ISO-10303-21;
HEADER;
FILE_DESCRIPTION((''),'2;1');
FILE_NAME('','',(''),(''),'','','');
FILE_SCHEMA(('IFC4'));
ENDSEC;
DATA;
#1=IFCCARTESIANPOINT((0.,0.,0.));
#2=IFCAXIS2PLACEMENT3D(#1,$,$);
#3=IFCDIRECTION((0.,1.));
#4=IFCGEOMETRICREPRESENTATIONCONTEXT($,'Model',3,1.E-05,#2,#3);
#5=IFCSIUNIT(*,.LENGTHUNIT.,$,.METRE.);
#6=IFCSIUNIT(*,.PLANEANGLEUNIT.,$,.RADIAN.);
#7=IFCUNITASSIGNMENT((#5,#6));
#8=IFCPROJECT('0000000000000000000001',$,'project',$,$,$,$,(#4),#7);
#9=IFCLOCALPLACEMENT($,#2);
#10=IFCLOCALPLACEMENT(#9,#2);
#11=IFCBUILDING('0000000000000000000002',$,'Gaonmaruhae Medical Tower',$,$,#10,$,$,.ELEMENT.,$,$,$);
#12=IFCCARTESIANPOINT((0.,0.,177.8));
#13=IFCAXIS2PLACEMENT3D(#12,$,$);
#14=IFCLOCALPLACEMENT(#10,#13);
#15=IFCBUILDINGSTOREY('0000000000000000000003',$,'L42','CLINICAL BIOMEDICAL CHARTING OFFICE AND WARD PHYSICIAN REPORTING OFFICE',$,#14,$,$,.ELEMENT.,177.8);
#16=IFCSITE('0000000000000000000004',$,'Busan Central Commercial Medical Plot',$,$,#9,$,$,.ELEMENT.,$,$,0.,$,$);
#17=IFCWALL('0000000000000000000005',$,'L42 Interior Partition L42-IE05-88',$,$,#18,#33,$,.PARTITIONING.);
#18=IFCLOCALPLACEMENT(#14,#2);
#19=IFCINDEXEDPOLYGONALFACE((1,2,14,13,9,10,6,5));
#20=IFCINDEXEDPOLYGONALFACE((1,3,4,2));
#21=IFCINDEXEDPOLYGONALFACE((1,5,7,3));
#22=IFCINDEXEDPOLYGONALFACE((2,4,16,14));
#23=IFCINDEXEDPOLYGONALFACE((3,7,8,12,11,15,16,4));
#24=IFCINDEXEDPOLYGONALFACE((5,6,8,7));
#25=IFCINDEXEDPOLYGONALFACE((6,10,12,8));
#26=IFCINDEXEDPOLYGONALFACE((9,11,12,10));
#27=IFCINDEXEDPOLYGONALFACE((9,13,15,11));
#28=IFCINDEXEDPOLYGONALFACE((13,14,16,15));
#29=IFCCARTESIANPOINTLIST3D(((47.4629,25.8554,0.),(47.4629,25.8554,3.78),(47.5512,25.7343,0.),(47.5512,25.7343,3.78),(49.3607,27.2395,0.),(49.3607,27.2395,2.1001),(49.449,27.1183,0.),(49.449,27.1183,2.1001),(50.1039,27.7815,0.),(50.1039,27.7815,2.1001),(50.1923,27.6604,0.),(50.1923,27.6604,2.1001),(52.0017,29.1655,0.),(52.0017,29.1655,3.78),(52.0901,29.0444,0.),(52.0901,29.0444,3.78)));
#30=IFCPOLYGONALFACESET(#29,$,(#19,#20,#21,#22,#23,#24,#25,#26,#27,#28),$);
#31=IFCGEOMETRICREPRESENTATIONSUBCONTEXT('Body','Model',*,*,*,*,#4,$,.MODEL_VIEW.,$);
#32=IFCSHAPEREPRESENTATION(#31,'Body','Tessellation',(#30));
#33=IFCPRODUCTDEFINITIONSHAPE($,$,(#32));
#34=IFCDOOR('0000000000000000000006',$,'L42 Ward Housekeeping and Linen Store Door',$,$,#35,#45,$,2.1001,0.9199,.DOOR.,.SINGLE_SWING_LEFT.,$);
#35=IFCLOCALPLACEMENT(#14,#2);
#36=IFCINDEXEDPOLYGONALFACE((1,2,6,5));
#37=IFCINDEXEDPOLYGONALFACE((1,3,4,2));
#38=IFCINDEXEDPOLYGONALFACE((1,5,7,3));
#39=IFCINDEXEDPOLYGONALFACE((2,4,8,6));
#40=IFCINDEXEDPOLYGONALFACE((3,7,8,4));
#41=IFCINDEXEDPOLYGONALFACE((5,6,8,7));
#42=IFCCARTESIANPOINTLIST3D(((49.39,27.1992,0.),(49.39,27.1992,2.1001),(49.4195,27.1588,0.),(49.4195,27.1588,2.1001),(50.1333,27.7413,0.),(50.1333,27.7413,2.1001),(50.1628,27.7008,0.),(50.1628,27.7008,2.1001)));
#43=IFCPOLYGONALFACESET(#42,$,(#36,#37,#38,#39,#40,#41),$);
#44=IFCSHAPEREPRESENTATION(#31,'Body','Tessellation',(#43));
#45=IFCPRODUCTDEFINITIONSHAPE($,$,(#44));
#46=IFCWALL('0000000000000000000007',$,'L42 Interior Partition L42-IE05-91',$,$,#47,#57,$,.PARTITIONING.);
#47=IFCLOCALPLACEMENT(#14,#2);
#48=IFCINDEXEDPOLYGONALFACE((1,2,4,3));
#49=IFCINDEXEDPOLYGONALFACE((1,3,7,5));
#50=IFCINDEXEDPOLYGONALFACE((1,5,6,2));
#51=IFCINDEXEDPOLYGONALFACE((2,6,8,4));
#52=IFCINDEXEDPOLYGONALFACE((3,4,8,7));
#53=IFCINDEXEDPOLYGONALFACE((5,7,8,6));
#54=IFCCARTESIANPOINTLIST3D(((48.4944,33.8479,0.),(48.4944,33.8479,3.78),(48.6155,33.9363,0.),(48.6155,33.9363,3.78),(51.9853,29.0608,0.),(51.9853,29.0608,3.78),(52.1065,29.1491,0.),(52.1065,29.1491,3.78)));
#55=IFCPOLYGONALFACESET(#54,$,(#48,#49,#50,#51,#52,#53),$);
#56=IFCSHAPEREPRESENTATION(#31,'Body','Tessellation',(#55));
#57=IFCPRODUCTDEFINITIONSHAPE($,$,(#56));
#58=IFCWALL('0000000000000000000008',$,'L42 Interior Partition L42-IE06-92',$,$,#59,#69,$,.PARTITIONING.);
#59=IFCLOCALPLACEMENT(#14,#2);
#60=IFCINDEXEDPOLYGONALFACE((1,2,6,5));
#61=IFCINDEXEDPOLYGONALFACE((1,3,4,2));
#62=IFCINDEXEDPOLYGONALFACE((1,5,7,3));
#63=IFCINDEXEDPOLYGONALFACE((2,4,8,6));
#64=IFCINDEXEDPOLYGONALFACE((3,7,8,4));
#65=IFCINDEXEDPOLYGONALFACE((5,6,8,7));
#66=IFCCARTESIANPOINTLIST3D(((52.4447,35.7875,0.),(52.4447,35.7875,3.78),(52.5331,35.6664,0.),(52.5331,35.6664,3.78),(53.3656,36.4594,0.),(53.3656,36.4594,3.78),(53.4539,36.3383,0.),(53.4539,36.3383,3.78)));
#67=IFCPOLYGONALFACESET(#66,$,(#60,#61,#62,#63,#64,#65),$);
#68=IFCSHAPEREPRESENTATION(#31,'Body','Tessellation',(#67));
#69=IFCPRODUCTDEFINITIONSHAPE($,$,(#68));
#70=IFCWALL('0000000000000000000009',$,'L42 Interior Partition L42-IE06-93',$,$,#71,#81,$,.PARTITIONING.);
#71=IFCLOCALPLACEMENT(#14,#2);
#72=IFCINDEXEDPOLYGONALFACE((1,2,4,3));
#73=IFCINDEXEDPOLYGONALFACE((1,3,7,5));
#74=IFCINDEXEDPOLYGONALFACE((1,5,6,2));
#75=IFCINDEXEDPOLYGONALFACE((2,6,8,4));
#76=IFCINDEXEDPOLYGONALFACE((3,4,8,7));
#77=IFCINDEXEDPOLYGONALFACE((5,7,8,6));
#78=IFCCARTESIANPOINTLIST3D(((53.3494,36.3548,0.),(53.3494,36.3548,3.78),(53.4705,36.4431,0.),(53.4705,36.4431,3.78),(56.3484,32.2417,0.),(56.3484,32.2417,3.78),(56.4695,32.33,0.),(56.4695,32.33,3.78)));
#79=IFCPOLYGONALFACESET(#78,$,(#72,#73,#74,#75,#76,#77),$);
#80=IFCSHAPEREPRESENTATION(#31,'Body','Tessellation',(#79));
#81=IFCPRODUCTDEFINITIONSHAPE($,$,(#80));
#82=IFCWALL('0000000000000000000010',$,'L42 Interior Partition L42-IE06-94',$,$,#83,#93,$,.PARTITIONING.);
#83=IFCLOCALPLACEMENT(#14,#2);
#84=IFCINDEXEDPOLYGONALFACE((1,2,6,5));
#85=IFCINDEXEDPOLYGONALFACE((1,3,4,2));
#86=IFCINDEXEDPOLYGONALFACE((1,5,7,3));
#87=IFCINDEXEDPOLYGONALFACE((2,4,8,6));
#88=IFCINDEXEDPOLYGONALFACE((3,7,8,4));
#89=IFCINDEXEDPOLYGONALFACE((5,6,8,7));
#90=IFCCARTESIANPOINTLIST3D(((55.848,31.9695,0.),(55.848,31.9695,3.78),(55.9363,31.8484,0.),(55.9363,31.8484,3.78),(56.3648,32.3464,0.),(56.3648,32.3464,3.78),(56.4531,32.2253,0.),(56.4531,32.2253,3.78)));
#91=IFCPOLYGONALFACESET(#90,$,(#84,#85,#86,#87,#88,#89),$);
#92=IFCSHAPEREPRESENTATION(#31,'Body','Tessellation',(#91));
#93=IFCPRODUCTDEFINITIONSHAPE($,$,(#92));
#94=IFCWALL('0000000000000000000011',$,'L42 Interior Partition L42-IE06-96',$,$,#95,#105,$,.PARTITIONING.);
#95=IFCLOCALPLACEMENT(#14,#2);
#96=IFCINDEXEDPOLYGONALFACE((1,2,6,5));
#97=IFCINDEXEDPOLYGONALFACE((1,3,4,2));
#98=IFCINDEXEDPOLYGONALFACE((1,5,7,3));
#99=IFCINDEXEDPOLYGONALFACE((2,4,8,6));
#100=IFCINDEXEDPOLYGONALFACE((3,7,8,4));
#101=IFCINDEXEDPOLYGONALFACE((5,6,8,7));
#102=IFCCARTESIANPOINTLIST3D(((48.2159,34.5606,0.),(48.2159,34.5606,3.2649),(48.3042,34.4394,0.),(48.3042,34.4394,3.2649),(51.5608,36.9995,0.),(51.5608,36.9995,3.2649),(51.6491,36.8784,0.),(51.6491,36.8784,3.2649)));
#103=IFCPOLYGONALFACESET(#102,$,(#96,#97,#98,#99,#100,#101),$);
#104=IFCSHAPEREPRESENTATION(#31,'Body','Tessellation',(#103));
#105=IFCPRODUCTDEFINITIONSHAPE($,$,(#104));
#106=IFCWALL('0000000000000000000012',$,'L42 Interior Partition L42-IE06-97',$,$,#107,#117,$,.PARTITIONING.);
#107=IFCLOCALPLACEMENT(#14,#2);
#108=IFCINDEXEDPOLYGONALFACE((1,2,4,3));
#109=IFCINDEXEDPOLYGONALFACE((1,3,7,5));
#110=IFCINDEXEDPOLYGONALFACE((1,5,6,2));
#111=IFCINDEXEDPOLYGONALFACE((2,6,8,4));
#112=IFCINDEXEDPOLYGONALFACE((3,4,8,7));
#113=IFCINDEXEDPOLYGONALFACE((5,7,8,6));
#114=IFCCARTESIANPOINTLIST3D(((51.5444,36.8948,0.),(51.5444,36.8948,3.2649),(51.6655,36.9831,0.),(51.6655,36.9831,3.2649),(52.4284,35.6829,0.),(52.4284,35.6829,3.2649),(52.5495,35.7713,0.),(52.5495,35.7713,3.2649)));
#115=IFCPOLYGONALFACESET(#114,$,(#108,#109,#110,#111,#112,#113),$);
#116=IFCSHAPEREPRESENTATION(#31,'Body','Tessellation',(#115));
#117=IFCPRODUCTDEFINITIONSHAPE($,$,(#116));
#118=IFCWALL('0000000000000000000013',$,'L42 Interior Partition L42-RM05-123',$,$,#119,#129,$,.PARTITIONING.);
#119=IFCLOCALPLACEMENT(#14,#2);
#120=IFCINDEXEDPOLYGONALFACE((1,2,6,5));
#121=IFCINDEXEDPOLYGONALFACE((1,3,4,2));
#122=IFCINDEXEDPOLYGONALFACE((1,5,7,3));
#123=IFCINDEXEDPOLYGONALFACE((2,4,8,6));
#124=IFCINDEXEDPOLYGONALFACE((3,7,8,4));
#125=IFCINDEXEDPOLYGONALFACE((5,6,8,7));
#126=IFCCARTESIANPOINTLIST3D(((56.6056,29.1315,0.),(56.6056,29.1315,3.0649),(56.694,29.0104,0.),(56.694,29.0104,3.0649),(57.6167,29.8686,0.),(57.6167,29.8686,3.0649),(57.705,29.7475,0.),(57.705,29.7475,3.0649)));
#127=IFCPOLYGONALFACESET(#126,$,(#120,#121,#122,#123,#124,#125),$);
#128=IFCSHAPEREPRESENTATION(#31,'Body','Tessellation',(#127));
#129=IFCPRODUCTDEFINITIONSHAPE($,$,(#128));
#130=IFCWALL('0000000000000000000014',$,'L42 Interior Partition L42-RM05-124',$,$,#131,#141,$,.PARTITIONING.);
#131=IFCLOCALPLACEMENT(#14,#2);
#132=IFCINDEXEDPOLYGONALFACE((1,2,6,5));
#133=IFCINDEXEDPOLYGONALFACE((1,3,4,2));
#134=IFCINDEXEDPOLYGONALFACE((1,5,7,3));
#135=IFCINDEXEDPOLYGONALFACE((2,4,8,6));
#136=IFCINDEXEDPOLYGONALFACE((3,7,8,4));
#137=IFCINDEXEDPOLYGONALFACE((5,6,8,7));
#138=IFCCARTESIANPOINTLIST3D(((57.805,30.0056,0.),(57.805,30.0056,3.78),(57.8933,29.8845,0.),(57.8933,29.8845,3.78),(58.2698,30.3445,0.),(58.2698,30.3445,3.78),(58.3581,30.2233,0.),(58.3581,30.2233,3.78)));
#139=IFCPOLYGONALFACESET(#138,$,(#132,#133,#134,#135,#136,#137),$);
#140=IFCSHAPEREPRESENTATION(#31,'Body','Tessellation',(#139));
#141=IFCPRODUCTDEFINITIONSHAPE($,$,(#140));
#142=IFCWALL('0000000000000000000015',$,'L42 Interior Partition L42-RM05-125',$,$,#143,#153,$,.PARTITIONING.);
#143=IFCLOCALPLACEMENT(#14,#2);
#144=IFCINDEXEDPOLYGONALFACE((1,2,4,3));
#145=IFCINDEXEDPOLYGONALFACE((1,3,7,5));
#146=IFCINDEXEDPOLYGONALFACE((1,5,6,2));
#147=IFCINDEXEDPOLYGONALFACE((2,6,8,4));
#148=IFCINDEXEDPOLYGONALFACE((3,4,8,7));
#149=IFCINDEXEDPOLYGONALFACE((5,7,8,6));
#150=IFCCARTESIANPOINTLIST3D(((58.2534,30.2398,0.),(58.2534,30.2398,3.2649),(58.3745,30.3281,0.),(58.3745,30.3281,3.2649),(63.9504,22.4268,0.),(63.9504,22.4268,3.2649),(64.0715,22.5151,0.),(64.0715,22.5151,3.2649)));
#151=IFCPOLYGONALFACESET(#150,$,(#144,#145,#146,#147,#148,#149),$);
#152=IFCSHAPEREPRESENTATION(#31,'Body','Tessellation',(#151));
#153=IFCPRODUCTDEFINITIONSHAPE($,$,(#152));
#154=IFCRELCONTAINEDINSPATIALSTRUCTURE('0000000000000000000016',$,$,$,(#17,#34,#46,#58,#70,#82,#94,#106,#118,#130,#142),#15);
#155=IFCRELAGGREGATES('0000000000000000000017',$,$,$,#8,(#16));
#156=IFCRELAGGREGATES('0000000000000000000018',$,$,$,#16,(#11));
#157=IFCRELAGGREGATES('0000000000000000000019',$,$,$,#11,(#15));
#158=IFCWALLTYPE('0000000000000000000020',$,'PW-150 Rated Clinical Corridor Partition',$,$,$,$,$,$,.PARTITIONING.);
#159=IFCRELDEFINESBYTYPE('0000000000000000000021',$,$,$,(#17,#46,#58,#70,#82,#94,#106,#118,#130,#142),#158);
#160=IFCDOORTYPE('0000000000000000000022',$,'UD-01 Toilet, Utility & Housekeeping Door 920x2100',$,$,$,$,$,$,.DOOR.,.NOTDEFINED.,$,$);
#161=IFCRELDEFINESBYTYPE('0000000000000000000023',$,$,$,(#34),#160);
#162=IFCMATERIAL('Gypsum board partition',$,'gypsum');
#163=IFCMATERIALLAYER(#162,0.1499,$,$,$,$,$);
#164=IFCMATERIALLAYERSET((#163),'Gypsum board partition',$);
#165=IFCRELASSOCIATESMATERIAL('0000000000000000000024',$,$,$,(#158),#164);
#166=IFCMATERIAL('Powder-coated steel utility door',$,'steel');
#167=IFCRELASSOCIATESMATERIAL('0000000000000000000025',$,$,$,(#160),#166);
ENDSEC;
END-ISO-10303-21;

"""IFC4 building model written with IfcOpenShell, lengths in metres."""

from ifc_helpers import new_model, si_unit, direction, frame, frame_2d, origin, place, context, subcontext, project, spatial, rectangle, extrude, material, layer, layer_set, type_object, element, fill, save


model = new_model("IFC4")

# Units and contexts
model_context = context("Model", 3, precision=1e-05, world=origin(), true_north=direction((0.0, 1.0)))
body_context = subcontext(model_context, "Body", "Model", "MODEL_VIEW")
ifc_project = project(units=[si_unit("LENGTHUNIT", "METRE"), si_unit("PLANEANGLEUNIT", "RADIAN")], contexts=[model_context])

# Site, building, storey
site_placement = place(None, origin())
site = spatial("IfcSite", under=ifc_project, at=site_placement, Name="Busan Central Commercial Medical Plot", CompositionType="ELEMENT", RefElevation=0.0)
building_placement = place(site_placement, origin())
building = spatial("IfcBuilding", under=site, at=building_placement, Name="Gaonmaruhae Medical Tower", CompositionType="ELEMENT")
storey_placement = place(building_placement, frame((0.0, 0.0, 177.8)))
storey = spatial("IfcBuildingStorey", under=building, at=storey_placement, Name="L42", Description="CLINICAL BIOMEDICAL CHARTING OFFICE AND WARD PHYSICIAN REPORTING OFFICE", CompositionType="ELEMENT", Elevation=177.8)

# Wall, opening, door
ifc_material_1 = material(Name="Gypsum board partition", Category="gypsum")
ifc_layer_1 = layer(ifc_material_1, 0.1499)
ifc_layer_set_1 = layer_set([ifc_layer_1], Name="Gypsum board partition")
wall_type_1 = type_object("IfcWallType", Name="PW-150 Rated Clinical Corridor Partition", PredefinedType="PARTITIONING", material=ifc_layer_set_1)
wall_1_placement = place(storey_placement, frame((52.0459, 29.105, 0.0), z_axis=(0.0, 0.0, 1.0), x_axis=(-0.807965, -0.589231, 0.0)))
wall_1 = element("IfcWall", 1, at=wall_1_placement, inside=storey, type_object=wall_type_1, Name="L42 Interior Partition L42-IE05-88", PredefinedType="PARTITIONING", context=body_context, shape_type="SweptSolid", body=[
    extrude(rectangle(XDim=5.6177, YDim=0.1499, at=frame_2d((2.8088, 0.0))), origin(), (0.0, 0.0, 1.0), 3.78),
])
opening_1_placement = place(wall_1_placement, frame((2.3489, 0.0, 0.0)))
opening_1 = element("IfcOpeningElement", 2, at=opening_1_placement, cuts=wall_1, PredefinedType="OPENING", context=body_context, shape_type="SweptSolid", body=[
    extrude(rectangle(XDim=0.9199, YDim=2.1001, at=frame_2d((0.46, 1.05))), frame((0.0, 0.085, 0.0), z_axis=(0.0, -1.0, 0.0), x_axis=(1.0, 0.0, 0.0)), (0.0, 0.0, 1.0), 0.1699),
])
ifc_material_2 = material(Name="Powder-coated steel utility door", Category="steel")
door_type_1 = type_object("IfcDoorType", Name="UD-01 Toilet, Utility & Housekeeping Door 920x2100", OperationType="NOTDEFINED", PredefinedType="DOOR", material=ifc_material_2)
door_1_placement = place(opening_1_placement, origin())
door_1 = element("IfcDoor", 3, at=door_1_placement, inside=storey, type_object=door_type_1, Name="L42 Ward Housekeeping and Linen Store Door", OperationType="SINGLE_SWING_LEFT", OverallHeight=2.1001, OverallWidth=0.9199, PredefinedType="DOOR", context=body_context, shape_type="SweptSolid", body=[
    extrude(rectangle(XDim=0.9199, YDim=2.1001, at=frame_2d((0.46, 1.05))), frame((0.0, 0.0249, 0.0), z_axis=(0.0, -1.0, 0.0), x_axis=(1.0, 0.0, 0.0)), (0.0, 0.0, 1.0), 0.05),
])
fill(opening_1, door_1)

# Walls
wall_2_placement = place(storey_placement, frame((48.5549, 33.8921, 0.0), z_axis=(0.0, 0.0, 1.0), x_axis=(0.589213, -0.807978, 0.0)))
element("IfcWall", 4, at=wall_2_placement, inside=storey, type_object=wall_type_1, Name="L42 Interior Partition L42-IE05-91", PredefinedType="PARTITIONING", context=body_context, shape_type="SweptSolid", body=[
    extrude(rectangle(XDim=5.9248, YDim=0.1499, at=frame_2d((2.9624, 0.0))), origin(), (0.0, 0.0, 1.0), 3.78),
])
wall_3_placement = place(storey_placement, frame((52.489, 35.7271, 0.0), z_axis=(0.0, 0.0, 1.0), x_axis=(0.807846, 0.589394, 0.0)))
element("IfcWall", 5, at=wall_3_placement, inside=storey, type_object=wall_type_1, Name="L42 Interior Partition L42-IE06-92", PredefinedType="PARTITIONING", context=body_context, shape_type="SweptSolid", body=[
    extrude(rectangle(XDim=1.1399, YDim=0.1499, at=frame_2d((0.5698, 0.0))), origin(), (0.0, 0.0, 1.0), 3.78),
])
wall_4_placement = place(storey_placement, frame((53.4099, 36.3989, 0.0), z_axis=(0.0, 0.0, 1.0), x_axis=(0.589164, -0.808014, 0.0)))
element("IfcWall", 6, at=wall_4_placement, inside=storey, type_object=wall_type_1, Name="L42 Interior Partition L42-IE06-93", PredefinedType="PARTITIONING", context=body_context, shape_type="SweptSolid", body=[
    extrude(rectangle(XDim=5.0903, YDim=0.1499, at=frame_2d((2.5452, 0.0))), origin(), (0.0, 0.0, 1.0), 3.78),
])
wall_5_placement = place(storey_placement, frame((56.4089, 32.2859, 0.0), z_axis=(0.0, 0.0, 1.0), x_axis=(-0.807943, -0.58926, 0.0)))
element("IfcWall", 7, at=wall_5_placement, inside=storey, type_object=wall_type_1, Name="L42 Interior Partition L42-IE06-94", PredefinedType="PARTITIONING", context=body_context, shape_type="SweptSolid", body=[
    extrude(rectangle(XDim=0.6396, YDim=0.1499, at=frame_2d((0.3198, 0.0))), origin(), (0.0, 0.0, 1.0), 3.78),
])

# Walls
wall_6_placement = place(storey_placement, frame((48.26, 34.5, 0.0), z_axis=(0.0, 0.0, 1.0), x_axis=(0.808016, 0.58916, 0.0)))
element("IfcWall", 8, at=wall_6_placement, inside=storey, type_object=wall_type_1, Name="L42 Interior Partition L42-IE06-96", PredefinedType="PARTITIONING", context=body_context, shape_type="SweptSolid", body=[
    extrude(rectangle(XDim=4.1396, YDim=0.1499, at=frame_2d((2.0698, 0.0))), origin(), (0.0, 0.0, 1.0), 3.2649),
])
wall_7_placement = place(storey_placement, frame((51.605, 36.939, 0.0), z_axis=(0.0, 0.0, 1.0), x_axis=(0.589323, -0.807898, 0.0)))
element("IfcWall", 9, at=wall_7_placement, inside=storey, type_object=wall_type_1, Name="L42 Interior Partition L42-IE06-97", PredefinedType="PARTITIONING", context=body_context, shape_type="SweptSolid", body=[
    extrude(rectangle(XDim=1.5, YDim=0.1499, at=frame_2d((0.75, 0.0))), origin(), (0.0, 0.0, 1.0), 3.2649),
])
wall_8_placement = place(storey_placement, frame((56.6499, 29.071, 0.0), z_axis=(0.0, 0.0, 1.0), x_axis=(0.808052, 0.589111, 0.0)))
element("IfcWall", 10, at=wall_8_placement, inside=storey, type_object=wall_type_1, Name="L42 Interior Partition L42-RM05-123", PredefinedType="PARTITIONING", context=body_context, shape_type="SweptSolid", body=[
    extrude(rectangle(XDim=1.2512, YDim=0.1499, at=frame_2d((0.6255, 0.0))), origin(), (0.0, 0.0, 1.0), 3.0649),
])
wall_9_placement = place(storey_placement, frame((57.8491, 29.9451, 0.0), z_axis=(0.0, 0.0, 1.0), x_axis=(0.808075, 0.58908, 0.0)))
element("IfcWall", 11, at=wall_9_placement, inside=storey, type_object=wall_type_1, Name="L42 Interior Partition L42-RM05-124", PredefinedType="PARTITIONING", context=body_context, shape_type="SweptSolid", body=[
    extrude(rectangle(XDim=0.5752, YDim=0.1499, at=frame_2d((0.2876, 0.0))), origin(), (0.0, 0.0, 1.0), 3.78),
])
wall_10_placement = place(storey_placement, frame((58.314, 30.2839, 0.0), z_axis=(0.0, 0.0, 1.0), x_axis=(0.589176, -0.808005, 0.0)))
element("IfcWall", 12, at=wall_10_placement, inside=storey, type_object=wall_type_1, Name="L42 Interior Partition L42-RM05-125", PredefinedType="PARTITIONING", context=body_context, shape_type="SweptSolid", body=[
    extrude(rectangle(XDim=9.6694, YDim=0.1499, at=frame_2d((4.8347, 0.0))), origin(), (0.0, 0.0, 1.0), 3.2649),
])

save(model, "model.ifc")
